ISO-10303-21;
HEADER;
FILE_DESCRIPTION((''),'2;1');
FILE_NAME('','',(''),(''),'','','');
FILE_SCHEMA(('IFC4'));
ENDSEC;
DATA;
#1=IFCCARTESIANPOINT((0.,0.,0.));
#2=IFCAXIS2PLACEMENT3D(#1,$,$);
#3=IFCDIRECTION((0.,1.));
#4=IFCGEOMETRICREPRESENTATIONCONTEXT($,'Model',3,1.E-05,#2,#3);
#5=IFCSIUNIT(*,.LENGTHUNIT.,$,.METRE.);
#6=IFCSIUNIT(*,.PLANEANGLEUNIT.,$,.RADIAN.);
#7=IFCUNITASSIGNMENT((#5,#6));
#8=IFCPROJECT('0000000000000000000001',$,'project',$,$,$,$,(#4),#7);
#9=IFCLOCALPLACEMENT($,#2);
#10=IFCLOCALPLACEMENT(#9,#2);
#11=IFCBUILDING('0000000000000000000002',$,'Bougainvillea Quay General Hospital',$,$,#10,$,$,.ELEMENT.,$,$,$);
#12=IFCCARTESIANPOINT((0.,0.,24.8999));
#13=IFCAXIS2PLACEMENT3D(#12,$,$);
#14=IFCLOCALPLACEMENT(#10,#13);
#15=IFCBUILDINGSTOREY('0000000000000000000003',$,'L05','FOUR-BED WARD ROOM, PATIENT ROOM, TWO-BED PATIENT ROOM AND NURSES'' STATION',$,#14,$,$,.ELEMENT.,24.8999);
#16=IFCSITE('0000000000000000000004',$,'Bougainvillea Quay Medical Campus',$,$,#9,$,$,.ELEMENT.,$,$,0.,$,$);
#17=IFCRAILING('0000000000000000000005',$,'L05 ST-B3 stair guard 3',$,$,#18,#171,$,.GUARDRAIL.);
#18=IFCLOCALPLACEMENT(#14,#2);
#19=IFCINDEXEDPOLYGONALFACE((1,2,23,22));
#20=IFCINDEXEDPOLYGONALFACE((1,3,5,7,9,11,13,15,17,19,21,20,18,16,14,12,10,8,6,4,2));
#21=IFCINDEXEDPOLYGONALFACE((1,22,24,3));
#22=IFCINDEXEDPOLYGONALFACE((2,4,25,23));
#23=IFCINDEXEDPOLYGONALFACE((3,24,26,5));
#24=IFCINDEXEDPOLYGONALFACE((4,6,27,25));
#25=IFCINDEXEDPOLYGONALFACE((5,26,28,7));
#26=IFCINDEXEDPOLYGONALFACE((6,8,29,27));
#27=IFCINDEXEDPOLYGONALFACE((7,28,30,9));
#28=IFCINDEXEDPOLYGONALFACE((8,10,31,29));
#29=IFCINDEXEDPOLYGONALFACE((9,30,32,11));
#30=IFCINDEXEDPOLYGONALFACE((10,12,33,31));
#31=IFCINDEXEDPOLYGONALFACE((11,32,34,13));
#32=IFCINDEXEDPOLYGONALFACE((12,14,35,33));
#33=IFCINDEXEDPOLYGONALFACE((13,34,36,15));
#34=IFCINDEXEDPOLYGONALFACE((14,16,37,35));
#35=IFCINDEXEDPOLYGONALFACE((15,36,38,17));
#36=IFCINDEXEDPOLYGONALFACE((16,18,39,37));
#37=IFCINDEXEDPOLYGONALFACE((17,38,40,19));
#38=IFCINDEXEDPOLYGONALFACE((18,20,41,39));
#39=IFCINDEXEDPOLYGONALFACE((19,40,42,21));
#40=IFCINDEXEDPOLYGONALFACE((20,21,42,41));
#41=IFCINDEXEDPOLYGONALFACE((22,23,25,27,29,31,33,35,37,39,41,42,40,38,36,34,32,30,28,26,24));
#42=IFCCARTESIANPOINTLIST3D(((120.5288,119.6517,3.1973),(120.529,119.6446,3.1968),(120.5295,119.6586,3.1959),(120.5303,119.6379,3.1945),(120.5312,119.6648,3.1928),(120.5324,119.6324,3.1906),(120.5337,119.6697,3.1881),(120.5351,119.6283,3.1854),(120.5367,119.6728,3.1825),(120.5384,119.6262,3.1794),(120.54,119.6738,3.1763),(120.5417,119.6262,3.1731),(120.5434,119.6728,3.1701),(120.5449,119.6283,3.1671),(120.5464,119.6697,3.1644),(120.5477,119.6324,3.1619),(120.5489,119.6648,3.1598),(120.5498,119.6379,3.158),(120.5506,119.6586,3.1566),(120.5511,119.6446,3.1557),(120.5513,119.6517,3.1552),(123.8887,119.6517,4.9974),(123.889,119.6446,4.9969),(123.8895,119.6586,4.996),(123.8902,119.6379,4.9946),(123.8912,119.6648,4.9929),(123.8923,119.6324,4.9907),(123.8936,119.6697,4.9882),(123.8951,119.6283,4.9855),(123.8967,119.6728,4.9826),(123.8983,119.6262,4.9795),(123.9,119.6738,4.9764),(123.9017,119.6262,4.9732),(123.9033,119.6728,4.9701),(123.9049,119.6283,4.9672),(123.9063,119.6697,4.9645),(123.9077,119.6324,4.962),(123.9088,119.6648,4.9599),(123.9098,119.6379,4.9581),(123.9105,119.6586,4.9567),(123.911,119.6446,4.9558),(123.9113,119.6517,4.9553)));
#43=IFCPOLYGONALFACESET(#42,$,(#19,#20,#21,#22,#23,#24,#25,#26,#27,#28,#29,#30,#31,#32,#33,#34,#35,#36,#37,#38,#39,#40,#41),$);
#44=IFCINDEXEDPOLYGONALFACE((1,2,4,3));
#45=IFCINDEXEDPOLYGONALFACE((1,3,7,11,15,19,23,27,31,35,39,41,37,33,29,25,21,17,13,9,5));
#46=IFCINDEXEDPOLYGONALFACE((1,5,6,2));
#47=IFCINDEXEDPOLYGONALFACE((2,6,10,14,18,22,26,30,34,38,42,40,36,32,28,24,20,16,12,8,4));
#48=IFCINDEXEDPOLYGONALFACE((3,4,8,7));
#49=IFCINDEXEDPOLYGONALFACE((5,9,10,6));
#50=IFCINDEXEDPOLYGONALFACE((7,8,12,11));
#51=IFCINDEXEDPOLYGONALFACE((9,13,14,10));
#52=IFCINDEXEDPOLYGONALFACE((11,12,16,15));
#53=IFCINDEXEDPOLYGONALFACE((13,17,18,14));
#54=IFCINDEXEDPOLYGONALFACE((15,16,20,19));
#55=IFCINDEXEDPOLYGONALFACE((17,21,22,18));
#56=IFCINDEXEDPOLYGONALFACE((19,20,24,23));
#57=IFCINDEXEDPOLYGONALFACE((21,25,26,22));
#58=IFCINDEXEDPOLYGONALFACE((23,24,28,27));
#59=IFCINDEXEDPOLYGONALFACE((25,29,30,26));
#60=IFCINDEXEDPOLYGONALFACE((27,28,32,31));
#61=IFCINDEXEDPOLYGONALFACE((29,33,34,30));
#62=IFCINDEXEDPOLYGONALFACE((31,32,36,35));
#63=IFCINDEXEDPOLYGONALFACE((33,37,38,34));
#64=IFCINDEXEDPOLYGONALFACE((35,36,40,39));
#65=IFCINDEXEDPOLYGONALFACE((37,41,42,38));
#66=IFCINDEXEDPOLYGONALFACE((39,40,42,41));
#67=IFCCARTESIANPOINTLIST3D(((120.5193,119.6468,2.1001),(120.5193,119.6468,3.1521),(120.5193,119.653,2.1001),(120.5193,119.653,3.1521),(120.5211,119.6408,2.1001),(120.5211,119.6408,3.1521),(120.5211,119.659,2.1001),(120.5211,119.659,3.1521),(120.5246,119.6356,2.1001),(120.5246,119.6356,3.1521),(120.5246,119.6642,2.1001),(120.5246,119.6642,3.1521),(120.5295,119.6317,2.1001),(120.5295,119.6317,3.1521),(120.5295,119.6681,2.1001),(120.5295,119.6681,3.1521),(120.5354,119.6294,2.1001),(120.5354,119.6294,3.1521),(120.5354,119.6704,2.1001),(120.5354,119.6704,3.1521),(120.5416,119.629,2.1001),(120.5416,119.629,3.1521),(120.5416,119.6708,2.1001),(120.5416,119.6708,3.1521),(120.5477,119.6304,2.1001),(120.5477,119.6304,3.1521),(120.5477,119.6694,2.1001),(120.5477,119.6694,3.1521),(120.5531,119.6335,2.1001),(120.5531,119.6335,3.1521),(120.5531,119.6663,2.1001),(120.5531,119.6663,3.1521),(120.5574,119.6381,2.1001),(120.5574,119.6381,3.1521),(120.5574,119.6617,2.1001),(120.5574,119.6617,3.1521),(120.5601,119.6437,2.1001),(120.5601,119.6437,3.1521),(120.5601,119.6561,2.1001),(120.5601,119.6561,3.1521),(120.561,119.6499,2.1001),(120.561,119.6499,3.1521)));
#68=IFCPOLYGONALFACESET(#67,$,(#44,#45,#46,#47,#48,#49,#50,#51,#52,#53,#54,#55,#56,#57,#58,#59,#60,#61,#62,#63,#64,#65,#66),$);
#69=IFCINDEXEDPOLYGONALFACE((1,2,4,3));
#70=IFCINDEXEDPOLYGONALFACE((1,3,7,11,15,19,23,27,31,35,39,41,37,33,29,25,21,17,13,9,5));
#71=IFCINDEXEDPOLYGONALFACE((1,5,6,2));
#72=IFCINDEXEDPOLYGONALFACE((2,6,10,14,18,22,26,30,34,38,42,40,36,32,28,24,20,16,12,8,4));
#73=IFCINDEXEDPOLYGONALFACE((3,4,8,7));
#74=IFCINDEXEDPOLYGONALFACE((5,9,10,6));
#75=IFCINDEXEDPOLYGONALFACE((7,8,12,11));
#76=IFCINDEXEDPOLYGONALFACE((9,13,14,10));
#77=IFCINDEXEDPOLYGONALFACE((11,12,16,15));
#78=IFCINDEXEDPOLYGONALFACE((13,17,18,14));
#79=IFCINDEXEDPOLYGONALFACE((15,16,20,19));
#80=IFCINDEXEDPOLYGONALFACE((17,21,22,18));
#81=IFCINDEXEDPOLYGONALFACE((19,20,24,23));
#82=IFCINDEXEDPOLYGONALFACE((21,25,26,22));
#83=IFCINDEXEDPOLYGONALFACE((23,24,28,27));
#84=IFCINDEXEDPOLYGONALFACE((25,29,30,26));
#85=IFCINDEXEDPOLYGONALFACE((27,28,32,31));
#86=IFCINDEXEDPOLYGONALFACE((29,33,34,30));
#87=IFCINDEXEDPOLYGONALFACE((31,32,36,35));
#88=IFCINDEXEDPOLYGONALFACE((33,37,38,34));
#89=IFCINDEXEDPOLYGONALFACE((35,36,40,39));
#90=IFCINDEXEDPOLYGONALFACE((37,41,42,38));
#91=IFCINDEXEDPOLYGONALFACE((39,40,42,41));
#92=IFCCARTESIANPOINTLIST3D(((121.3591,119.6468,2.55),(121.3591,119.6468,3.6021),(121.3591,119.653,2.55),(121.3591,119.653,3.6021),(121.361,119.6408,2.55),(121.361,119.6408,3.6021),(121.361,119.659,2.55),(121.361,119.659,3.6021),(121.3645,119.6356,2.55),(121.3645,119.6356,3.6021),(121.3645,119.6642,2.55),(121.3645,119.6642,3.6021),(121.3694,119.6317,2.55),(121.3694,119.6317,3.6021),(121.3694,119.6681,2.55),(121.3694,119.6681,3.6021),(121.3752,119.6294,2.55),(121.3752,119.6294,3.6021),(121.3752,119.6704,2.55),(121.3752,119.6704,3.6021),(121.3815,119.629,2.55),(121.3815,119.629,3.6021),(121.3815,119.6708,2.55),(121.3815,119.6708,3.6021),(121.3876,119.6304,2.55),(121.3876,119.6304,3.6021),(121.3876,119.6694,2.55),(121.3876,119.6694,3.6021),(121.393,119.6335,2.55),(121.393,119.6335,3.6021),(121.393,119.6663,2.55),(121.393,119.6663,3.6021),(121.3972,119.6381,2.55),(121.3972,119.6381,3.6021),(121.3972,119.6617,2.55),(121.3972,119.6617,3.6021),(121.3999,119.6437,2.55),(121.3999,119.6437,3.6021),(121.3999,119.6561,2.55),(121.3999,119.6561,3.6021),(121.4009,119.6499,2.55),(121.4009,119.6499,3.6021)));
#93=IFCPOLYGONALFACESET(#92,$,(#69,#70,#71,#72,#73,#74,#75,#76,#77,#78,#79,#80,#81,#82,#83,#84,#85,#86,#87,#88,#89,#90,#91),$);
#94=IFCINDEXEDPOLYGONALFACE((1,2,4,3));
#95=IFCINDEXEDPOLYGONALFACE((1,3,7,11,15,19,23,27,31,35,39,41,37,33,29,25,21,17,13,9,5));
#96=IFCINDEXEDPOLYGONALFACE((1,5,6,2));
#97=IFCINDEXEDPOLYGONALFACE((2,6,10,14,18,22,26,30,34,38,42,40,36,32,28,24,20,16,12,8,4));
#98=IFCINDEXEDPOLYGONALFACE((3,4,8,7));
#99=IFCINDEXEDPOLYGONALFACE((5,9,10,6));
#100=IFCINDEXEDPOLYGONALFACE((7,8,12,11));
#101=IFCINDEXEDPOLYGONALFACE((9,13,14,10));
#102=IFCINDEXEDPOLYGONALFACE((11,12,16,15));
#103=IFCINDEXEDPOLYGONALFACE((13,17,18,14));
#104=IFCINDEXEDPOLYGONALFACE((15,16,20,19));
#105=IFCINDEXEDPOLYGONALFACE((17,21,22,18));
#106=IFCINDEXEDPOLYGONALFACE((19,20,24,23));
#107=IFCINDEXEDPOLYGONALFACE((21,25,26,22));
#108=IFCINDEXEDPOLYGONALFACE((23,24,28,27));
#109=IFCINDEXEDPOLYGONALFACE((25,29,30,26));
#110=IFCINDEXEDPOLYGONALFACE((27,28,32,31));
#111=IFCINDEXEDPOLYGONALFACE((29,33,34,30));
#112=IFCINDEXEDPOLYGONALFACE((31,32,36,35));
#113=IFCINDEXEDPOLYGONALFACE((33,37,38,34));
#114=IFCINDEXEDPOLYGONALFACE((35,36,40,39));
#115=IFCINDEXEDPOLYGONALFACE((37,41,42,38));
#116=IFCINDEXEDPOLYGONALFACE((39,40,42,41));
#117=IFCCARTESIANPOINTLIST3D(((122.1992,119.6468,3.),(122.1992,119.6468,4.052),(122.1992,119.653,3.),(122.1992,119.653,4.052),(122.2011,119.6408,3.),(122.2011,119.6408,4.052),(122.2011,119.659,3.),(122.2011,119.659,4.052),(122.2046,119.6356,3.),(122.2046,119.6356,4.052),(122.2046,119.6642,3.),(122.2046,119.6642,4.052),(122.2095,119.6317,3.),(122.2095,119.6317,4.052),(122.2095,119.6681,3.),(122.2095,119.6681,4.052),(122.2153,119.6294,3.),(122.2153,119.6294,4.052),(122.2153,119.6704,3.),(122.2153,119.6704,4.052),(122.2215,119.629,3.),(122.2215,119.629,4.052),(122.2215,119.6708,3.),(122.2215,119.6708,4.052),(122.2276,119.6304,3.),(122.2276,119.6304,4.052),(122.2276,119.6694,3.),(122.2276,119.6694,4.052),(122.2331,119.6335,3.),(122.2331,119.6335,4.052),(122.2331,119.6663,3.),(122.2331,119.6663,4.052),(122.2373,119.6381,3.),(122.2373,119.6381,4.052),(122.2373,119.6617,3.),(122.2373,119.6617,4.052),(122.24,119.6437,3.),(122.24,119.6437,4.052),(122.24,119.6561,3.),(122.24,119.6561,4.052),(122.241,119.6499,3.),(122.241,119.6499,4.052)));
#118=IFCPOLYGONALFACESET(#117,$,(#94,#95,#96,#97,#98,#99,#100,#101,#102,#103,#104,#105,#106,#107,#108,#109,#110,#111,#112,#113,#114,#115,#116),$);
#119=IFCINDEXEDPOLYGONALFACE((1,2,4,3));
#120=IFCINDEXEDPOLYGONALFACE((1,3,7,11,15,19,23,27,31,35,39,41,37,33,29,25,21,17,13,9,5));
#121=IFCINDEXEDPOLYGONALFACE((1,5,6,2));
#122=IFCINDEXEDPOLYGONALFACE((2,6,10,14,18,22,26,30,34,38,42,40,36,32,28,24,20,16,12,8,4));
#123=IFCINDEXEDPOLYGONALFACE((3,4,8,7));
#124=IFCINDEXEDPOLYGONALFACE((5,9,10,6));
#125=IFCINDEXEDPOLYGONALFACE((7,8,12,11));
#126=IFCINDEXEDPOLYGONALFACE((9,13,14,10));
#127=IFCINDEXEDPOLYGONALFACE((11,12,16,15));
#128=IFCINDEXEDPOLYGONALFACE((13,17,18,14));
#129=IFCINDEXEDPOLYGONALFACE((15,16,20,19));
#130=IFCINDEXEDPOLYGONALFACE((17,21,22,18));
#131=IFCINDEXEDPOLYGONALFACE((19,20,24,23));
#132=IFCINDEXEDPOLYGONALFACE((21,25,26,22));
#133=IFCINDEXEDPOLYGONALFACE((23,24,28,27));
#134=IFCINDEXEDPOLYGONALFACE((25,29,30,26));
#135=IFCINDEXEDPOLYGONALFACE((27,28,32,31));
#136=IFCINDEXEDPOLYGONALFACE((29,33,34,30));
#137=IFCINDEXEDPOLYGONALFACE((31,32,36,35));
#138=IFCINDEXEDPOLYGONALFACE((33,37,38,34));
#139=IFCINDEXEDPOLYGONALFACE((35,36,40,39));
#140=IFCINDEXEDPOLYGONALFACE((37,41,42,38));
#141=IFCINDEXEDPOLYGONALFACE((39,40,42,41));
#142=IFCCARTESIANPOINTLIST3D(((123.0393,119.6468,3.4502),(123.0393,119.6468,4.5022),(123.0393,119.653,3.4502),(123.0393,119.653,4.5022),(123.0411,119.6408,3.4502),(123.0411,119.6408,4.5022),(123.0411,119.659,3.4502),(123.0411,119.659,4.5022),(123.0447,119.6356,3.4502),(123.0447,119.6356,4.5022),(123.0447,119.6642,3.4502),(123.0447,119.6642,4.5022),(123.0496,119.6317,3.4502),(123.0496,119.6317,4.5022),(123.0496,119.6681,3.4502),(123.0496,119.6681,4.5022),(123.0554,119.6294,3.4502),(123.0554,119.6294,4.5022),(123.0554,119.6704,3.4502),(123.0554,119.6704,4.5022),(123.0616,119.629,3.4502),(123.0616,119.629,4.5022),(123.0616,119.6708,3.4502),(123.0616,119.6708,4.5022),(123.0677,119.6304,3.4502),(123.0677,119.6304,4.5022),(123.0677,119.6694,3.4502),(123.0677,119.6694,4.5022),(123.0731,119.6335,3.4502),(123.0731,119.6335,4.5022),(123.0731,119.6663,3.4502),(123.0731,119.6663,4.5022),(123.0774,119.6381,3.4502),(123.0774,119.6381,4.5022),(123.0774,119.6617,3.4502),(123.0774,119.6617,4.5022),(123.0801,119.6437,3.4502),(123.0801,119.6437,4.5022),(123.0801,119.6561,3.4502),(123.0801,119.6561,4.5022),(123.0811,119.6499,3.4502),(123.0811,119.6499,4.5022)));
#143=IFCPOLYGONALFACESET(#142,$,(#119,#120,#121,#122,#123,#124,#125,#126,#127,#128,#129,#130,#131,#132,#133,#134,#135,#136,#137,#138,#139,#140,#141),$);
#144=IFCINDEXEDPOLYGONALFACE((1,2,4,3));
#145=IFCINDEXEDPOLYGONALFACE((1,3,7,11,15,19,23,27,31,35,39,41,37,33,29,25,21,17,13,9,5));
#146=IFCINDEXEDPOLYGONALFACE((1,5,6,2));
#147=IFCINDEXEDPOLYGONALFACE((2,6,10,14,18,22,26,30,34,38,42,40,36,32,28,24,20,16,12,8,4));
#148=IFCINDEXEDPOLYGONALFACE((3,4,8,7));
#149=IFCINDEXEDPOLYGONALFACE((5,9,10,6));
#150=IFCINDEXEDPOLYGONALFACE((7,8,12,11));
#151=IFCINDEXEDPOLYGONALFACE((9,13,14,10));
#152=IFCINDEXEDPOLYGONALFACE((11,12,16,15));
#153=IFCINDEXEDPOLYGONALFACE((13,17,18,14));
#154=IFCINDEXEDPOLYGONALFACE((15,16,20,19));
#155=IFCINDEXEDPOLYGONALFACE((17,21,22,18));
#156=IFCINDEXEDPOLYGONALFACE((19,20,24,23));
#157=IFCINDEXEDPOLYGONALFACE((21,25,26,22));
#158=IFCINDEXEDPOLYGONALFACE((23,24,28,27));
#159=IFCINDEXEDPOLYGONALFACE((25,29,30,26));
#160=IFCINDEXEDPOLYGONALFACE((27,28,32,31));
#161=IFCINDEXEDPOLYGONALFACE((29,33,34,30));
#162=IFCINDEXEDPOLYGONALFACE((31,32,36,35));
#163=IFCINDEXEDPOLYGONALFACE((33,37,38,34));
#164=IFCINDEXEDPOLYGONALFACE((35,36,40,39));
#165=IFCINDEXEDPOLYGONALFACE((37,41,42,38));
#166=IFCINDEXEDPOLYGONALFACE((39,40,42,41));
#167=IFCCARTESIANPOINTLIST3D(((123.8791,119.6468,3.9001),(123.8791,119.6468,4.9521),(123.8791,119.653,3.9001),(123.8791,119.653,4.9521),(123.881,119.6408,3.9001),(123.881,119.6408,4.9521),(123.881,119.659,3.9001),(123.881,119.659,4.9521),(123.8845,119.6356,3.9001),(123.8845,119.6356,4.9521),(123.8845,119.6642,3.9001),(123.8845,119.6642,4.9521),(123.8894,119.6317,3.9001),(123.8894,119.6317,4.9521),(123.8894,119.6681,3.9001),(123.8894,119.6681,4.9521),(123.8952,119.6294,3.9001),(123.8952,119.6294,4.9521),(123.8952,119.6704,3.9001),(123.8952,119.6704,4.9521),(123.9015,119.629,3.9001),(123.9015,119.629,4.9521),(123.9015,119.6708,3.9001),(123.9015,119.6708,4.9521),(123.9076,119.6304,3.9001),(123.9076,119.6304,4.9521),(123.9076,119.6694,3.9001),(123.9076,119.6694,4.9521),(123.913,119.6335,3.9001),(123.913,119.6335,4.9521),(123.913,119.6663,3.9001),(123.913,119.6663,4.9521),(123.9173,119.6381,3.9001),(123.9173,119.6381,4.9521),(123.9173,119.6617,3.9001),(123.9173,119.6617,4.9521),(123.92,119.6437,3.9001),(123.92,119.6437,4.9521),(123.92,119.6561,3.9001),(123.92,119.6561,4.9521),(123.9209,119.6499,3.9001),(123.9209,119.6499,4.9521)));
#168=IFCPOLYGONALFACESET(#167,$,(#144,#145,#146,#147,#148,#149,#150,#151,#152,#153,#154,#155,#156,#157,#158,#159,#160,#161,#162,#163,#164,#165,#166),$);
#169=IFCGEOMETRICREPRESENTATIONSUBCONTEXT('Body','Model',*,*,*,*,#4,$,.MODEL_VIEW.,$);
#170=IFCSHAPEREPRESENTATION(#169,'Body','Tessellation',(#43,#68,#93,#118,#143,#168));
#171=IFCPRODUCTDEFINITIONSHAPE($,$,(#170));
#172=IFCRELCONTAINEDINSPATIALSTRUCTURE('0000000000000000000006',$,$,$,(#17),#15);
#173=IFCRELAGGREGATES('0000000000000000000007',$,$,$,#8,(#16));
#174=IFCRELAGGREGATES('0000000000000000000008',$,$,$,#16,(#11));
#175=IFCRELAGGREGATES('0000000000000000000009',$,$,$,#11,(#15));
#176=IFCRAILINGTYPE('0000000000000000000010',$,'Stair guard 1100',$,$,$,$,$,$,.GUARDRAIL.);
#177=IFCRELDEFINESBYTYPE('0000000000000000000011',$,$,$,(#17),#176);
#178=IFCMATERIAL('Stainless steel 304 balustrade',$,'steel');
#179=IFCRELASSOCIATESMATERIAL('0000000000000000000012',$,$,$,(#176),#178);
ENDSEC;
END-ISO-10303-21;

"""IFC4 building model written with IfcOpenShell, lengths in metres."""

from ifc_helpers import new_model, si_unit, direction, frame, origin, origin_2d, place, context, subcontext, project, spatial, circle, extrude, material, type_object, element, save


model = new_model("IFC4")

# Units and contexts
model_context = context("Model", 3, precision=1e-05, world=origin(), true_north=direction((0.0, 1.0)))
body_context = subcontext(model_context, "Body", "Model", "MODEL_VIEW")
ifc_project = project(units=[si_unit("LENGTHUNIT", "METRE"), si_unit("PLANEANGLEUNIT", "RADIAN")], contexts=[model_context])

# Site, building, storey
site_placement = place(None, origin())
site = spatial("IfcSite", under=ifc_project, at=site_placement, Name="Bougainvillea Quay Medical Campus", CompositionType="ELEMENT", RefElevation=0.0)
building_placement = place(site_placement, origin())
building = spatial("IfcBuilding", under=site, at=building_placement, Name="Bougainvillea Quay General Hospital", CompositionType="ELEMENT")
storey_placement = place(building_placement, frame((0.0, 0.0, 24.8999)))
storey = spatial("IfcBuildingStorey", under=building, at=storey_placement, Name="L05", Description="FOUR-BED WARD ROOM, PATIENT ROOM, TWO-BED PATIENT ROOM AND NURSES' STATION", CompositionType="ELEMENT", Elevation=24.8999)

# Railing
ifc_material_1 = material(Name="Stainless steel 304 balustrade", Category="steel")
railing_type_1 = type_object("IfcRailingType", Name="Stair guard 1100", PredefinedType="GUARDRAIL", material=ifc_material_1)
railing_1_placement = place(storey_placement, frame((120.54, 119.6499, 2.1001)))
element("IfcRailing", 1, at=railing_1_placement, inside=storey, type_object=railing_type_1, Name="L05 ST-B3 stair guard 3", PredefinedType="GUARDRAIL", context=body_context, shape_type="SweptSolid", body=[
    extrude(circle(Radius=0.0239, at=origin_2d()), frame((0.0, 0.0, 1.0762), z_axis=(0.881467, 0.0, 0.472246), x_axis=(0.0, 1.0, 0.0)), (0.0, 0.0, 1.0), 3.8118),
    extrude(circle(Radius=0.021, at=origin_2d()), origin(), (0.0, 0.0, 1.0), 1.052),
    extrude(circle(Radius=0.021, at=origin_2d()), frame((0.8398, 0.0, 0.45)), (0.0, 0.0, 1.0), 1.052),
    extrude(circle(Radius=0.021, at=origin_2d()), frame((1.6799, 0.0, 0.8999)), (0.0, 0.0, 1.0), 1.052),
    extrude(circle(Radius=0.021, at=origin_2d()), frame((2.52, 0.0, 1.3501)), (0.0, 0.0, 1.0), 1.052),
    extrude(circle(Radius=0.021, at=origin_2d()), frame((3.3599, 0.0, 1.8)), (0.0, 0.0, 1.0), 1.052),
])

save(model, "model.ifc")
